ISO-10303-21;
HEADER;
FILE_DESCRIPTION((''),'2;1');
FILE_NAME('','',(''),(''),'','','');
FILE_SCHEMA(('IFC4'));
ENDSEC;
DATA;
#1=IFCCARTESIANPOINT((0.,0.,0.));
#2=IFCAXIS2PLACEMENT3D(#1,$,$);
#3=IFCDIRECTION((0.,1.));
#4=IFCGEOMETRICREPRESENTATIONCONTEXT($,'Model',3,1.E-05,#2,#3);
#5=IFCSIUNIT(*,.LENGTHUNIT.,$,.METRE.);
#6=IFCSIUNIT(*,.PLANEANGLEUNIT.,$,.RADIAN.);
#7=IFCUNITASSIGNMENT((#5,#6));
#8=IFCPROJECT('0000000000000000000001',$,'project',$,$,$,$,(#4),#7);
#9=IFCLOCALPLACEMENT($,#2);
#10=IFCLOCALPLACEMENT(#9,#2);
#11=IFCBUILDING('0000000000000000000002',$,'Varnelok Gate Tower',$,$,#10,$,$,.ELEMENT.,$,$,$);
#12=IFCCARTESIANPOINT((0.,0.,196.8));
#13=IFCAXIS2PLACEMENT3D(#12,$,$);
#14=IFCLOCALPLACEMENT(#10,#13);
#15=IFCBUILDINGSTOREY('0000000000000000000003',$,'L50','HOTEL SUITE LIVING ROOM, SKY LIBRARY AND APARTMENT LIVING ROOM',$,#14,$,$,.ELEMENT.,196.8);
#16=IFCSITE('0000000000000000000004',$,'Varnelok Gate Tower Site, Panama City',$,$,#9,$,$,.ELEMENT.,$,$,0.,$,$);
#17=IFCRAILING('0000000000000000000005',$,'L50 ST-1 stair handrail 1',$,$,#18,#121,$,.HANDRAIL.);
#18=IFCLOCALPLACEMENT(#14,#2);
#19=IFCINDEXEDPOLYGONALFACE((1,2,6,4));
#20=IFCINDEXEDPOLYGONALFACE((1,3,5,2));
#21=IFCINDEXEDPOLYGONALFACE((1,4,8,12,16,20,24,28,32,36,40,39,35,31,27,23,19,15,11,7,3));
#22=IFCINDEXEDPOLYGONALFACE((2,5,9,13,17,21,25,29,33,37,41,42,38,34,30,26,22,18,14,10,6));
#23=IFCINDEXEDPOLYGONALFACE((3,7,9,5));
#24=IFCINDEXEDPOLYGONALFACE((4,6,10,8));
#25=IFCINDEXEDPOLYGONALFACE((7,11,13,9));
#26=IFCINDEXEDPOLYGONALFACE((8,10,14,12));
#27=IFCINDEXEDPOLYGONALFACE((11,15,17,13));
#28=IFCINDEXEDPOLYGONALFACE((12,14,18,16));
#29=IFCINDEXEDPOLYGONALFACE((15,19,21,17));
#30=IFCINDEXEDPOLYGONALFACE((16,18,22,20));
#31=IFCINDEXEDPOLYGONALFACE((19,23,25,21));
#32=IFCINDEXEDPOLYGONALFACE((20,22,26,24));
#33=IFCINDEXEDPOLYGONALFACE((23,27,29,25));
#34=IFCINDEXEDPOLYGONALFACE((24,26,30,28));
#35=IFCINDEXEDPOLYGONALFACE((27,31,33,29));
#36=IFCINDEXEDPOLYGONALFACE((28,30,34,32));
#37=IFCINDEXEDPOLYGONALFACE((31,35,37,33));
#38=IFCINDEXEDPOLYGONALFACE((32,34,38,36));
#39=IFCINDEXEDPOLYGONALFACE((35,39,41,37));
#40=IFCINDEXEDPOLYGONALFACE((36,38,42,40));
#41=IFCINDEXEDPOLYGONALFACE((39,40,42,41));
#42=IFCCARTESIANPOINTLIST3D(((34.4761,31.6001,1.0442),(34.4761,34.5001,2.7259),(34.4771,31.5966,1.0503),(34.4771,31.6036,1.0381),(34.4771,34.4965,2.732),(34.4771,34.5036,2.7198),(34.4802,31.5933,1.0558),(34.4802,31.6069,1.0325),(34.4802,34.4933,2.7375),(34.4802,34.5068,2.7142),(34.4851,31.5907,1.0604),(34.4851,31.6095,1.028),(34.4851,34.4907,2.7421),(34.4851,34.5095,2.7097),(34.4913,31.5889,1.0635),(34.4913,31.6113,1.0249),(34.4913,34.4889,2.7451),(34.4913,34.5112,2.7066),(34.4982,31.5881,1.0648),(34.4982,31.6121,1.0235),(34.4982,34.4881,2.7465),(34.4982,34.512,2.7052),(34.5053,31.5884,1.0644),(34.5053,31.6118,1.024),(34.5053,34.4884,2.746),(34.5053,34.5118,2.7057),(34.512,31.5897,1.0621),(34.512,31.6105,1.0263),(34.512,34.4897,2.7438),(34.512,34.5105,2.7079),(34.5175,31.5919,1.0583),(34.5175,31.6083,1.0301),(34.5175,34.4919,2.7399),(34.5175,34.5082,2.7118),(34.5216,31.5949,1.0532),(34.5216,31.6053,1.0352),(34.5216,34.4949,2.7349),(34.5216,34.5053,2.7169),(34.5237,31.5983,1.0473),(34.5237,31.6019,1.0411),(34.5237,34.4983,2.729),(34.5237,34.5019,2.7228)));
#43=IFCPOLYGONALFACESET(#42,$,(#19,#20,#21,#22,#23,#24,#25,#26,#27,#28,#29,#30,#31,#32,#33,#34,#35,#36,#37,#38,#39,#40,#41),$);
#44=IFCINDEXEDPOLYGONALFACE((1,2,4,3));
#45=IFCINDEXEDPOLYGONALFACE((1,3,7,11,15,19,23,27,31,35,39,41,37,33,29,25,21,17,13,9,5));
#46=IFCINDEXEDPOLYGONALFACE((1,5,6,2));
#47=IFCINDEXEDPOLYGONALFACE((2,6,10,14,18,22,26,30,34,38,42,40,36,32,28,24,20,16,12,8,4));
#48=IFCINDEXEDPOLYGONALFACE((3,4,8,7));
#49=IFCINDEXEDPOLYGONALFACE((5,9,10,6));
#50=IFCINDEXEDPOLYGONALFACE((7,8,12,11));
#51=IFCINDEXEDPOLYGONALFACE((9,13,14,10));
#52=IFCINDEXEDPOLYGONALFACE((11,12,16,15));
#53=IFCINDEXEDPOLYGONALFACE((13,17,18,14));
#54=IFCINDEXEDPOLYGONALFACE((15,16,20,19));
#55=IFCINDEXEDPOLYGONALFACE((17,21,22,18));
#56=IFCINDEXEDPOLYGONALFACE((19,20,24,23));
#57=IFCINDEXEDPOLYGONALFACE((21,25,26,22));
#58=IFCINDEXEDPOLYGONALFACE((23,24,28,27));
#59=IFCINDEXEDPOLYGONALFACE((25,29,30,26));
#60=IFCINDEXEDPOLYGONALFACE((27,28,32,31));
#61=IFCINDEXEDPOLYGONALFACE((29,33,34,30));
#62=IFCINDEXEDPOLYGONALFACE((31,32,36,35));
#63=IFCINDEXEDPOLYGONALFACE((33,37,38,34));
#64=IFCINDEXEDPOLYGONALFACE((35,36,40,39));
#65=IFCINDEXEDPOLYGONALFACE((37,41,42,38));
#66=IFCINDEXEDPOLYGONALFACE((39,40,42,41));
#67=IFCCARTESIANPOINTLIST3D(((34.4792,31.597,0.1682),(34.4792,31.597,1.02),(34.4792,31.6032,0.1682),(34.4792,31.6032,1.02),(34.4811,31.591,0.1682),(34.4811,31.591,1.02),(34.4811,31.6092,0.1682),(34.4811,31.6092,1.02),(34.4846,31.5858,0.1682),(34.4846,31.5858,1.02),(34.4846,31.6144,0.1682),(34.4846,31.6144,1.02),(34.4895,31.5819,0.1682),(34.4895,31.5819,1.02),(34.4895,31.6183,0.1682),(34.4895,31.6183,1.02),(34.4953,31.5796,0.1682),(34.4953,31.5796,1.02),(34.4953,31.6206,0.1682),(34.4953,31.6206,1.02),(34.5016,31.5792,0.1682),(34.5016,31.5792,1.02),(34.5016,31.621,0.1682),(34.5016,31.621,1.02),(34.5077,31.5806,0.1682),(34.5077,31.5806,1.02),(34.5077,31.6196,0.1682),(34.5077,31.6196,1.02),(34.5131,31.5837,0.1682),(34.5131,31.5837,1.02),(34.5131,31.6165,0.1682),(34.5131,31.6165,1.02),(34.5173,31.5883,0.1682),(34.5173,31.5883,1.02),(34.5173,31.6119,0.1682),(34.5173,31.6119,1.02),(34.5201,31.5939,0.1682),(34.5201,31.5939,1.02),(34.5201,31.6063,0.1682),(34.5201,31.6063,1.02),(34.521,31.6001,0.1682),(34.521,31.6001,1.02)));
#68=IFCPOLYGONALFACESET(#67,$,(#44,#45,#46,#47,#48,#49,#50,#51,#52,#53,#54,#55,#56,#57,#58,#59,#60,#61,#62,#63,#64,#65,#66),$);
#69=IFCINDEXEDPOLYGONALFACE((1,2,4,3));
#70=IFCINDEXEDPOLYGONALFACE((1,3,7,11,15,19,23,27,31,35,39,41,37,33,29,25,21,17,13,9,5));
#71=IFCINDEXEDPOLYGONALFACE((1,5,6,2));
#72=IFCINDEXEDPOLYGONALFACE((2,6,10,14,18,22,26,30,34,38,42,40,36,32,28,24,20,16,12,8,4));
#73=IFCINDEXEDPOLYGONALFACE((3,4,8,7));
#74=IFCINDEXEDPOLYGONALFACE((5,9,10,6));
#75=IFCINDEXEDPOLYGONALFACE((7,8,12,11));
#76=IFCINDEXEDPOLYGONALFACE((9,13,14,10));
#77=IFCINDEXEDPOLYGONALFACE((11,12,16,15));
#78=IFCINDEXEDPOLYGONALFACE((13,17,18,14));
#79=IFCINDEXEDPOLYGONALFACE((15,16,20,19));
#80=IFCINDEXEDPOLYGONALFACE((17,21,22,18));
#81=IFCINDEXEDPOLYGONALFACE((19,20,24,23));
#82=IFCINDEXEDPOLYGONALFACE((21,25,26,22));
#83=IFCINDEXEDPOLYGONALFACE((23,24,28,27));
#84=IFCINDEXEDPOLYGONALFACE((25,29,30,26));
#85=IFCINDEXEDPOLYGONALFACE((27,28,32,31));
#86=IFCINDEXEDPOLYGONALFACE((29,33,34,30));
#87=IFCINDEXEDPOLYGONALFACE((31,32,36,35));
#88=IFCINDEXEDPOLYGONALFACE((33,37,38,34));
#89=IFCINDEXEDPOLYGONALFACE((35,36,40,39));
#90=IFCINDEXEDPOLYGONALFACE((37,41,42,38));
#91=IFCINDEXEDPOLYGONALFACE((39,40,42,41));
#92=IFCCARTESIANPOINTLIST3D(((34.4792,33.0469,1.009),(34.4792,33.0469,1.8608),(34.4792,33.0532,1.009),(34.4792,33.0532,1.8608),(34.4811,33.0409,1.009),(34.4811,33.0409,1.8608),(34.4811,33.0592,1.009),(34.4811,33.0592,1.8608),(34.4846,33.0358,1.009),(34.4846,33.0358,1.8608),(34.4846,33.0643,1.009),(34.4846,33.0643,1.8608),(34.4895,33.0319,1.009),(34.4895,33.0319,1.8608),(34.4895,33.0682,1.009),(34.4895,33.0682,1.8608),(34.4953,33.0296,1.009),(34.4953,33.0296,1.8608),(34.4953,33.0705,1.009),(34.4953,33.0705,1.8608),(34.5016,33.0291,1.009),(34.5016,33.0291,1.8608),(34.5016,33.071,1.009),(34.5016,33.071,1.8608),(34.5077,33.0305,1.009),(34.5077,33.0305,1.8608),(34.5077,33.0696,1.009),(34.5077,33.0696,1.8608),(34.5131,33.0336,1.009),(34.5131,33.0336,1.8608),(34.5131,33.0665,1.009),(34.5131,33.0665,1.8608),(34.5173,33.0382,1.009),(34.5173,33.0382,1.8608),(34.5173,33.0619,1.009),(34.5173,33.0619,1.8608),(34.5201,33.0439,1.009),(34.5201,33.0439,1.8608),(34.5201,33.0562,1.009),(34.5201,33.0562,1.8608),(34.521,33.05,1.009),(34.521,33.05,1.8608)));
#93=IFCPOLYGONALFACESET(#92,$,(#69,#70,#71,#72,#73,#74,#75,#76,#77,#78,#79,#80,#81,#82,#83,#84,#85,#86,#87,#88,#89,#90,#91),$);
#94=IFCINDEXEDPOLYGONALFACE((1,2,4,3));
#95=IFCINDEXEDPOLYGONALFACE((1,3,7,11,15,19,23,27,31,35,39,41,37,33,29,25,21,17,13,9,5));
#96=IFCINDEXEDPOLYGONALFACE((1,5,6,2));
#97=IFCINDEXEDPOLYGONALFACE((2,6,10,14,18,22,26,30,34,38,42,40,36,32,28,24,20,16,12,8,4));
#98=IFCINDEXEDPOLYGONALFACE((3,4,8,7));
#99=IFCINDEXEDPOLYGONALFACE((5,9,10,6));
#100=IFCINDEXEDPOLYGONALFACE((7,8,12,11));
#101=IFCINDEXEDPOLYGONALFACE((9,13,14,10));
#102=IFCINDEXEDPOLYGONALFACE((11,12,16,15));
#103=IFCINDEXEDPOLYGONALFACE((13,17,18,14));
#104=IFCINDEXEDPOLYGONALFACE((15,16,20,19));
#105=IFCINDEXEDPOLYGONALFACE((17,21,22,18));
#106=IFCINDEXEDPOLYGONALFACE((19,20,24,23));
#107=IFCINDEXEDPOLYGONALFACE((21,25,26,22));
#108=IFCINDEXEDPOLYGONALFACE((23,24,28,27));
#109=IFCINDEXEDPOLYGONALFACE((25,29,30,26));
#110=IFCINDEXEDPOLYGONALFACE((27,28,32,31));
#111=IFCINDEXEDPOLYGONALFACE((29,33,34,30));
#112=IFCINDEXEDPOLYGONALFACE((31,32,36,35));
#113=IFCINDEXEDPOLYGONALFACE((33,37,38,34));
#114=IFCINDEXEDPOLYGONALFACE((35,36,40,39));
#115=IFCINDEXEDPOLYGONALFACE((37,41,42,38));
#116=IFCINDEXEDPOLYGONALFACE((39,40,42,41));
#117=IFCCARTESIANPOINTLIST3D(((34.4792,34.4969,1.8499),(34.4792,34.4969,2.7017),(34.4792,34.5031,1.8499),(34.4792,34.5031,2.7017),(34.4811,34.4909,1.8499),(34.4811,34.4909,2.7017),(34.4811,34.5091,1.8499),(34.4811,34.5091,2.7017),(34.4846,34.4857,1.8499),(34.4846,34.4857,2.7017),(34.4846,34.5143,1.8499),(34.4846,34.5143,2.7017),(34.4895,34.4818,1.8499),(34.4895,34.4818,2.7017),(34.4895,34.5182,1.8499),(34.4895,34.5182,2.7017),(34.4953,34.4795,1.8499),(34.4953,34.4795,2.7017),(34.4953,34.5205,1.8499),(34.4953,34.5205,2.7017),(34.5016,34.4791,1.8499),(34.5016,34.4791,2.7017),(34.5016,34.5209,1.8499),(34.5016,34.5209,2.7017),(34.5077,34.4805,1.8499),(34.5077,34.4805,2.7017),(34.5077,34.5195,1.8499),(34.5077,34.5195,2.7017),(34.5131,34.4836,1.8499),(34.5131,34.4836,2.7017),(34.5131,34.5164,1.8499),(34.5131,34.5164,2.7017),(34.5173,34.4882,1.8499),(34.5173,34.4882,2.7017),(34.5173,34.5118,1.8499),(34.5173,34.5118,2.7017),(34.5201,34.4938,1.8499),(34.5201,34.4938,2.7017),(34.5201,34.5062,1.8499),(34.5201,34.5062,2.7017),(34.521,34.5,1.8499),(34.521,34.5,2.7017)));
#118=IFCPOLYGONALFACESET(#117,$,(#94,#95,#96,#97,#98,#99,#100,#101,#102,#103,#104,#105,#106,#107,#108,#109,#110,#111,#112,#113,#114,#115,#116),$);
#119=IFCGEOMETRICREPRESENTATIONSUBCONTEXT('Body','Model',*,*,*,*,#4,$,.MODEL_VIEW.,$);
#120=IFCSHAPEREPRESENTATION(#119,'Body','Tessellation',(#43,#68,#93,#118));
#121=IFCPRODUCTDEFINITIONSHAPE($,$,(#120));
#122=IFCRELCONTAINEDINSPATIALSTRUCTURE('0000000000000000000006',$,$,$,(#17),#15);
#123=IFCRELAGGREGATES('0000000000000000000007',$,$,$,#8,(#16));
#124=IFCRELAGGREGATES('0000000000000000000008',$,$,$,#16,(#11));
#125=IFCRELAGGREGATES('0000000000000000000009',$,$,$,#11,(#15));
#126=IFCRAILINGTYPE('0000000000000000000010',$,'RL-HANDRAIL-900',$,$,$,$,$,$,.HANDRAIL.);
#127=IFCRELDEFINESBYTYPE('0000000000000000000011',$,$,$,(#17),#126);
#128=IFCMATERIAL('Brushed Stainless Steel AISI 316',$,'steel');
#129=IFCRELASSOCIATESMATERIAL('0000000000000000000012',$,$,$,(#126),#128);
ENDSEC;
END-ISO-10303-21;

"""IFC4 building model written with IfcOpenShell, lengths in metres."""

from ifc_helpers import new_model, si_unit, direction, frame, origin, origin_2d, place, context, subcontext, project, spatial, circle, extrude, material, type_object, element, save


model = new_model("IFC4")

# Units and contexts
model_context = context("Model", 3, precision=1e-05, world=origin(), true_north=direction((0.0, 1.0)))
body_context = subcontext(model_context, "Body", "Model", "MODEL_VIEW")
ifc_project = project(units=[si_unit("LENGTHUNIT", "METRE"), si_unit("PLANEANGLEUNIT", "RADIAN")], contexts=[model_context])

# Site, building, storey
site_placement = place(None, origin())
site = spatial("IfcSite", under=ifc_project, at=site_placement, Name="Varnelok Gate Tower Site, Panama City", CompositionType="ELEMENT", RefElevation=0.0)
building_placement = place(site_placement, origin())
building = spatial("IfcBuilding", under=site, at=building_placement, Name="Varnelok Gate Tower", CompositionType="ELEMENT")
storey_placement = place(building_placement, frame((0.0, 0.0, 196.8)))
storey = spatial("IfcBuildingStorey", under=building, at=storey_placement, Name="L50", Description="HOTEL SUITE LIVING ROOM, SKY LIBRARY AND APARTMENT LIVING ROOM", CompositionType="ELEMENT", Elevation=196.8)

# Railing
ifc_material_1 = material(Name="Brushed Stainless Steel AISI 316", Category="steel")
railing_type_1 = type_object("IfcRailingType", Name="RL-HANDRAIL-900", PredefinedType="HANDRAIL", material=ifc_material_1)
railing_1_placement = place(storey_placement, frame((34.5, 31.6001, 0.1682)))
element("IfcRailing", 1, at=railing_1_placement, inside=storey, type_object=railing_type_1, Name="L50 ST-1 stair handrail 1", PredefinedType="HANDRAIL", context=body_context, shape_type="SweptSolid", body=[
    extrude(circle(Radius=0.0239, at=origin_2d()), frame((0.0, 0.0, 0.876), z_axis=(0.0, 0.86507, 0.501651), x_axis=(-1.0, 0.0, 0.0)), (0.0, 0.0, 1.0), 3.3523),
    extrude(circle(Radius=0.021, at=origin_2d()), origin(), (0.0, 0.0, 1.0), 0.8518),
    extrude(circle(Radius=0.021, at=origin_2d()), frame((0.0, 1.45, 0.8408)), (0.0, 0.0, 1.0), 0.8518),
    extrude(circle(Radius=0.021, at=origin_2d()), frame((0.0, 2.8999, 1.6816)), (0.0, 0.0, 1.0), 0.8518),
])

save(model, "model.ifc")
